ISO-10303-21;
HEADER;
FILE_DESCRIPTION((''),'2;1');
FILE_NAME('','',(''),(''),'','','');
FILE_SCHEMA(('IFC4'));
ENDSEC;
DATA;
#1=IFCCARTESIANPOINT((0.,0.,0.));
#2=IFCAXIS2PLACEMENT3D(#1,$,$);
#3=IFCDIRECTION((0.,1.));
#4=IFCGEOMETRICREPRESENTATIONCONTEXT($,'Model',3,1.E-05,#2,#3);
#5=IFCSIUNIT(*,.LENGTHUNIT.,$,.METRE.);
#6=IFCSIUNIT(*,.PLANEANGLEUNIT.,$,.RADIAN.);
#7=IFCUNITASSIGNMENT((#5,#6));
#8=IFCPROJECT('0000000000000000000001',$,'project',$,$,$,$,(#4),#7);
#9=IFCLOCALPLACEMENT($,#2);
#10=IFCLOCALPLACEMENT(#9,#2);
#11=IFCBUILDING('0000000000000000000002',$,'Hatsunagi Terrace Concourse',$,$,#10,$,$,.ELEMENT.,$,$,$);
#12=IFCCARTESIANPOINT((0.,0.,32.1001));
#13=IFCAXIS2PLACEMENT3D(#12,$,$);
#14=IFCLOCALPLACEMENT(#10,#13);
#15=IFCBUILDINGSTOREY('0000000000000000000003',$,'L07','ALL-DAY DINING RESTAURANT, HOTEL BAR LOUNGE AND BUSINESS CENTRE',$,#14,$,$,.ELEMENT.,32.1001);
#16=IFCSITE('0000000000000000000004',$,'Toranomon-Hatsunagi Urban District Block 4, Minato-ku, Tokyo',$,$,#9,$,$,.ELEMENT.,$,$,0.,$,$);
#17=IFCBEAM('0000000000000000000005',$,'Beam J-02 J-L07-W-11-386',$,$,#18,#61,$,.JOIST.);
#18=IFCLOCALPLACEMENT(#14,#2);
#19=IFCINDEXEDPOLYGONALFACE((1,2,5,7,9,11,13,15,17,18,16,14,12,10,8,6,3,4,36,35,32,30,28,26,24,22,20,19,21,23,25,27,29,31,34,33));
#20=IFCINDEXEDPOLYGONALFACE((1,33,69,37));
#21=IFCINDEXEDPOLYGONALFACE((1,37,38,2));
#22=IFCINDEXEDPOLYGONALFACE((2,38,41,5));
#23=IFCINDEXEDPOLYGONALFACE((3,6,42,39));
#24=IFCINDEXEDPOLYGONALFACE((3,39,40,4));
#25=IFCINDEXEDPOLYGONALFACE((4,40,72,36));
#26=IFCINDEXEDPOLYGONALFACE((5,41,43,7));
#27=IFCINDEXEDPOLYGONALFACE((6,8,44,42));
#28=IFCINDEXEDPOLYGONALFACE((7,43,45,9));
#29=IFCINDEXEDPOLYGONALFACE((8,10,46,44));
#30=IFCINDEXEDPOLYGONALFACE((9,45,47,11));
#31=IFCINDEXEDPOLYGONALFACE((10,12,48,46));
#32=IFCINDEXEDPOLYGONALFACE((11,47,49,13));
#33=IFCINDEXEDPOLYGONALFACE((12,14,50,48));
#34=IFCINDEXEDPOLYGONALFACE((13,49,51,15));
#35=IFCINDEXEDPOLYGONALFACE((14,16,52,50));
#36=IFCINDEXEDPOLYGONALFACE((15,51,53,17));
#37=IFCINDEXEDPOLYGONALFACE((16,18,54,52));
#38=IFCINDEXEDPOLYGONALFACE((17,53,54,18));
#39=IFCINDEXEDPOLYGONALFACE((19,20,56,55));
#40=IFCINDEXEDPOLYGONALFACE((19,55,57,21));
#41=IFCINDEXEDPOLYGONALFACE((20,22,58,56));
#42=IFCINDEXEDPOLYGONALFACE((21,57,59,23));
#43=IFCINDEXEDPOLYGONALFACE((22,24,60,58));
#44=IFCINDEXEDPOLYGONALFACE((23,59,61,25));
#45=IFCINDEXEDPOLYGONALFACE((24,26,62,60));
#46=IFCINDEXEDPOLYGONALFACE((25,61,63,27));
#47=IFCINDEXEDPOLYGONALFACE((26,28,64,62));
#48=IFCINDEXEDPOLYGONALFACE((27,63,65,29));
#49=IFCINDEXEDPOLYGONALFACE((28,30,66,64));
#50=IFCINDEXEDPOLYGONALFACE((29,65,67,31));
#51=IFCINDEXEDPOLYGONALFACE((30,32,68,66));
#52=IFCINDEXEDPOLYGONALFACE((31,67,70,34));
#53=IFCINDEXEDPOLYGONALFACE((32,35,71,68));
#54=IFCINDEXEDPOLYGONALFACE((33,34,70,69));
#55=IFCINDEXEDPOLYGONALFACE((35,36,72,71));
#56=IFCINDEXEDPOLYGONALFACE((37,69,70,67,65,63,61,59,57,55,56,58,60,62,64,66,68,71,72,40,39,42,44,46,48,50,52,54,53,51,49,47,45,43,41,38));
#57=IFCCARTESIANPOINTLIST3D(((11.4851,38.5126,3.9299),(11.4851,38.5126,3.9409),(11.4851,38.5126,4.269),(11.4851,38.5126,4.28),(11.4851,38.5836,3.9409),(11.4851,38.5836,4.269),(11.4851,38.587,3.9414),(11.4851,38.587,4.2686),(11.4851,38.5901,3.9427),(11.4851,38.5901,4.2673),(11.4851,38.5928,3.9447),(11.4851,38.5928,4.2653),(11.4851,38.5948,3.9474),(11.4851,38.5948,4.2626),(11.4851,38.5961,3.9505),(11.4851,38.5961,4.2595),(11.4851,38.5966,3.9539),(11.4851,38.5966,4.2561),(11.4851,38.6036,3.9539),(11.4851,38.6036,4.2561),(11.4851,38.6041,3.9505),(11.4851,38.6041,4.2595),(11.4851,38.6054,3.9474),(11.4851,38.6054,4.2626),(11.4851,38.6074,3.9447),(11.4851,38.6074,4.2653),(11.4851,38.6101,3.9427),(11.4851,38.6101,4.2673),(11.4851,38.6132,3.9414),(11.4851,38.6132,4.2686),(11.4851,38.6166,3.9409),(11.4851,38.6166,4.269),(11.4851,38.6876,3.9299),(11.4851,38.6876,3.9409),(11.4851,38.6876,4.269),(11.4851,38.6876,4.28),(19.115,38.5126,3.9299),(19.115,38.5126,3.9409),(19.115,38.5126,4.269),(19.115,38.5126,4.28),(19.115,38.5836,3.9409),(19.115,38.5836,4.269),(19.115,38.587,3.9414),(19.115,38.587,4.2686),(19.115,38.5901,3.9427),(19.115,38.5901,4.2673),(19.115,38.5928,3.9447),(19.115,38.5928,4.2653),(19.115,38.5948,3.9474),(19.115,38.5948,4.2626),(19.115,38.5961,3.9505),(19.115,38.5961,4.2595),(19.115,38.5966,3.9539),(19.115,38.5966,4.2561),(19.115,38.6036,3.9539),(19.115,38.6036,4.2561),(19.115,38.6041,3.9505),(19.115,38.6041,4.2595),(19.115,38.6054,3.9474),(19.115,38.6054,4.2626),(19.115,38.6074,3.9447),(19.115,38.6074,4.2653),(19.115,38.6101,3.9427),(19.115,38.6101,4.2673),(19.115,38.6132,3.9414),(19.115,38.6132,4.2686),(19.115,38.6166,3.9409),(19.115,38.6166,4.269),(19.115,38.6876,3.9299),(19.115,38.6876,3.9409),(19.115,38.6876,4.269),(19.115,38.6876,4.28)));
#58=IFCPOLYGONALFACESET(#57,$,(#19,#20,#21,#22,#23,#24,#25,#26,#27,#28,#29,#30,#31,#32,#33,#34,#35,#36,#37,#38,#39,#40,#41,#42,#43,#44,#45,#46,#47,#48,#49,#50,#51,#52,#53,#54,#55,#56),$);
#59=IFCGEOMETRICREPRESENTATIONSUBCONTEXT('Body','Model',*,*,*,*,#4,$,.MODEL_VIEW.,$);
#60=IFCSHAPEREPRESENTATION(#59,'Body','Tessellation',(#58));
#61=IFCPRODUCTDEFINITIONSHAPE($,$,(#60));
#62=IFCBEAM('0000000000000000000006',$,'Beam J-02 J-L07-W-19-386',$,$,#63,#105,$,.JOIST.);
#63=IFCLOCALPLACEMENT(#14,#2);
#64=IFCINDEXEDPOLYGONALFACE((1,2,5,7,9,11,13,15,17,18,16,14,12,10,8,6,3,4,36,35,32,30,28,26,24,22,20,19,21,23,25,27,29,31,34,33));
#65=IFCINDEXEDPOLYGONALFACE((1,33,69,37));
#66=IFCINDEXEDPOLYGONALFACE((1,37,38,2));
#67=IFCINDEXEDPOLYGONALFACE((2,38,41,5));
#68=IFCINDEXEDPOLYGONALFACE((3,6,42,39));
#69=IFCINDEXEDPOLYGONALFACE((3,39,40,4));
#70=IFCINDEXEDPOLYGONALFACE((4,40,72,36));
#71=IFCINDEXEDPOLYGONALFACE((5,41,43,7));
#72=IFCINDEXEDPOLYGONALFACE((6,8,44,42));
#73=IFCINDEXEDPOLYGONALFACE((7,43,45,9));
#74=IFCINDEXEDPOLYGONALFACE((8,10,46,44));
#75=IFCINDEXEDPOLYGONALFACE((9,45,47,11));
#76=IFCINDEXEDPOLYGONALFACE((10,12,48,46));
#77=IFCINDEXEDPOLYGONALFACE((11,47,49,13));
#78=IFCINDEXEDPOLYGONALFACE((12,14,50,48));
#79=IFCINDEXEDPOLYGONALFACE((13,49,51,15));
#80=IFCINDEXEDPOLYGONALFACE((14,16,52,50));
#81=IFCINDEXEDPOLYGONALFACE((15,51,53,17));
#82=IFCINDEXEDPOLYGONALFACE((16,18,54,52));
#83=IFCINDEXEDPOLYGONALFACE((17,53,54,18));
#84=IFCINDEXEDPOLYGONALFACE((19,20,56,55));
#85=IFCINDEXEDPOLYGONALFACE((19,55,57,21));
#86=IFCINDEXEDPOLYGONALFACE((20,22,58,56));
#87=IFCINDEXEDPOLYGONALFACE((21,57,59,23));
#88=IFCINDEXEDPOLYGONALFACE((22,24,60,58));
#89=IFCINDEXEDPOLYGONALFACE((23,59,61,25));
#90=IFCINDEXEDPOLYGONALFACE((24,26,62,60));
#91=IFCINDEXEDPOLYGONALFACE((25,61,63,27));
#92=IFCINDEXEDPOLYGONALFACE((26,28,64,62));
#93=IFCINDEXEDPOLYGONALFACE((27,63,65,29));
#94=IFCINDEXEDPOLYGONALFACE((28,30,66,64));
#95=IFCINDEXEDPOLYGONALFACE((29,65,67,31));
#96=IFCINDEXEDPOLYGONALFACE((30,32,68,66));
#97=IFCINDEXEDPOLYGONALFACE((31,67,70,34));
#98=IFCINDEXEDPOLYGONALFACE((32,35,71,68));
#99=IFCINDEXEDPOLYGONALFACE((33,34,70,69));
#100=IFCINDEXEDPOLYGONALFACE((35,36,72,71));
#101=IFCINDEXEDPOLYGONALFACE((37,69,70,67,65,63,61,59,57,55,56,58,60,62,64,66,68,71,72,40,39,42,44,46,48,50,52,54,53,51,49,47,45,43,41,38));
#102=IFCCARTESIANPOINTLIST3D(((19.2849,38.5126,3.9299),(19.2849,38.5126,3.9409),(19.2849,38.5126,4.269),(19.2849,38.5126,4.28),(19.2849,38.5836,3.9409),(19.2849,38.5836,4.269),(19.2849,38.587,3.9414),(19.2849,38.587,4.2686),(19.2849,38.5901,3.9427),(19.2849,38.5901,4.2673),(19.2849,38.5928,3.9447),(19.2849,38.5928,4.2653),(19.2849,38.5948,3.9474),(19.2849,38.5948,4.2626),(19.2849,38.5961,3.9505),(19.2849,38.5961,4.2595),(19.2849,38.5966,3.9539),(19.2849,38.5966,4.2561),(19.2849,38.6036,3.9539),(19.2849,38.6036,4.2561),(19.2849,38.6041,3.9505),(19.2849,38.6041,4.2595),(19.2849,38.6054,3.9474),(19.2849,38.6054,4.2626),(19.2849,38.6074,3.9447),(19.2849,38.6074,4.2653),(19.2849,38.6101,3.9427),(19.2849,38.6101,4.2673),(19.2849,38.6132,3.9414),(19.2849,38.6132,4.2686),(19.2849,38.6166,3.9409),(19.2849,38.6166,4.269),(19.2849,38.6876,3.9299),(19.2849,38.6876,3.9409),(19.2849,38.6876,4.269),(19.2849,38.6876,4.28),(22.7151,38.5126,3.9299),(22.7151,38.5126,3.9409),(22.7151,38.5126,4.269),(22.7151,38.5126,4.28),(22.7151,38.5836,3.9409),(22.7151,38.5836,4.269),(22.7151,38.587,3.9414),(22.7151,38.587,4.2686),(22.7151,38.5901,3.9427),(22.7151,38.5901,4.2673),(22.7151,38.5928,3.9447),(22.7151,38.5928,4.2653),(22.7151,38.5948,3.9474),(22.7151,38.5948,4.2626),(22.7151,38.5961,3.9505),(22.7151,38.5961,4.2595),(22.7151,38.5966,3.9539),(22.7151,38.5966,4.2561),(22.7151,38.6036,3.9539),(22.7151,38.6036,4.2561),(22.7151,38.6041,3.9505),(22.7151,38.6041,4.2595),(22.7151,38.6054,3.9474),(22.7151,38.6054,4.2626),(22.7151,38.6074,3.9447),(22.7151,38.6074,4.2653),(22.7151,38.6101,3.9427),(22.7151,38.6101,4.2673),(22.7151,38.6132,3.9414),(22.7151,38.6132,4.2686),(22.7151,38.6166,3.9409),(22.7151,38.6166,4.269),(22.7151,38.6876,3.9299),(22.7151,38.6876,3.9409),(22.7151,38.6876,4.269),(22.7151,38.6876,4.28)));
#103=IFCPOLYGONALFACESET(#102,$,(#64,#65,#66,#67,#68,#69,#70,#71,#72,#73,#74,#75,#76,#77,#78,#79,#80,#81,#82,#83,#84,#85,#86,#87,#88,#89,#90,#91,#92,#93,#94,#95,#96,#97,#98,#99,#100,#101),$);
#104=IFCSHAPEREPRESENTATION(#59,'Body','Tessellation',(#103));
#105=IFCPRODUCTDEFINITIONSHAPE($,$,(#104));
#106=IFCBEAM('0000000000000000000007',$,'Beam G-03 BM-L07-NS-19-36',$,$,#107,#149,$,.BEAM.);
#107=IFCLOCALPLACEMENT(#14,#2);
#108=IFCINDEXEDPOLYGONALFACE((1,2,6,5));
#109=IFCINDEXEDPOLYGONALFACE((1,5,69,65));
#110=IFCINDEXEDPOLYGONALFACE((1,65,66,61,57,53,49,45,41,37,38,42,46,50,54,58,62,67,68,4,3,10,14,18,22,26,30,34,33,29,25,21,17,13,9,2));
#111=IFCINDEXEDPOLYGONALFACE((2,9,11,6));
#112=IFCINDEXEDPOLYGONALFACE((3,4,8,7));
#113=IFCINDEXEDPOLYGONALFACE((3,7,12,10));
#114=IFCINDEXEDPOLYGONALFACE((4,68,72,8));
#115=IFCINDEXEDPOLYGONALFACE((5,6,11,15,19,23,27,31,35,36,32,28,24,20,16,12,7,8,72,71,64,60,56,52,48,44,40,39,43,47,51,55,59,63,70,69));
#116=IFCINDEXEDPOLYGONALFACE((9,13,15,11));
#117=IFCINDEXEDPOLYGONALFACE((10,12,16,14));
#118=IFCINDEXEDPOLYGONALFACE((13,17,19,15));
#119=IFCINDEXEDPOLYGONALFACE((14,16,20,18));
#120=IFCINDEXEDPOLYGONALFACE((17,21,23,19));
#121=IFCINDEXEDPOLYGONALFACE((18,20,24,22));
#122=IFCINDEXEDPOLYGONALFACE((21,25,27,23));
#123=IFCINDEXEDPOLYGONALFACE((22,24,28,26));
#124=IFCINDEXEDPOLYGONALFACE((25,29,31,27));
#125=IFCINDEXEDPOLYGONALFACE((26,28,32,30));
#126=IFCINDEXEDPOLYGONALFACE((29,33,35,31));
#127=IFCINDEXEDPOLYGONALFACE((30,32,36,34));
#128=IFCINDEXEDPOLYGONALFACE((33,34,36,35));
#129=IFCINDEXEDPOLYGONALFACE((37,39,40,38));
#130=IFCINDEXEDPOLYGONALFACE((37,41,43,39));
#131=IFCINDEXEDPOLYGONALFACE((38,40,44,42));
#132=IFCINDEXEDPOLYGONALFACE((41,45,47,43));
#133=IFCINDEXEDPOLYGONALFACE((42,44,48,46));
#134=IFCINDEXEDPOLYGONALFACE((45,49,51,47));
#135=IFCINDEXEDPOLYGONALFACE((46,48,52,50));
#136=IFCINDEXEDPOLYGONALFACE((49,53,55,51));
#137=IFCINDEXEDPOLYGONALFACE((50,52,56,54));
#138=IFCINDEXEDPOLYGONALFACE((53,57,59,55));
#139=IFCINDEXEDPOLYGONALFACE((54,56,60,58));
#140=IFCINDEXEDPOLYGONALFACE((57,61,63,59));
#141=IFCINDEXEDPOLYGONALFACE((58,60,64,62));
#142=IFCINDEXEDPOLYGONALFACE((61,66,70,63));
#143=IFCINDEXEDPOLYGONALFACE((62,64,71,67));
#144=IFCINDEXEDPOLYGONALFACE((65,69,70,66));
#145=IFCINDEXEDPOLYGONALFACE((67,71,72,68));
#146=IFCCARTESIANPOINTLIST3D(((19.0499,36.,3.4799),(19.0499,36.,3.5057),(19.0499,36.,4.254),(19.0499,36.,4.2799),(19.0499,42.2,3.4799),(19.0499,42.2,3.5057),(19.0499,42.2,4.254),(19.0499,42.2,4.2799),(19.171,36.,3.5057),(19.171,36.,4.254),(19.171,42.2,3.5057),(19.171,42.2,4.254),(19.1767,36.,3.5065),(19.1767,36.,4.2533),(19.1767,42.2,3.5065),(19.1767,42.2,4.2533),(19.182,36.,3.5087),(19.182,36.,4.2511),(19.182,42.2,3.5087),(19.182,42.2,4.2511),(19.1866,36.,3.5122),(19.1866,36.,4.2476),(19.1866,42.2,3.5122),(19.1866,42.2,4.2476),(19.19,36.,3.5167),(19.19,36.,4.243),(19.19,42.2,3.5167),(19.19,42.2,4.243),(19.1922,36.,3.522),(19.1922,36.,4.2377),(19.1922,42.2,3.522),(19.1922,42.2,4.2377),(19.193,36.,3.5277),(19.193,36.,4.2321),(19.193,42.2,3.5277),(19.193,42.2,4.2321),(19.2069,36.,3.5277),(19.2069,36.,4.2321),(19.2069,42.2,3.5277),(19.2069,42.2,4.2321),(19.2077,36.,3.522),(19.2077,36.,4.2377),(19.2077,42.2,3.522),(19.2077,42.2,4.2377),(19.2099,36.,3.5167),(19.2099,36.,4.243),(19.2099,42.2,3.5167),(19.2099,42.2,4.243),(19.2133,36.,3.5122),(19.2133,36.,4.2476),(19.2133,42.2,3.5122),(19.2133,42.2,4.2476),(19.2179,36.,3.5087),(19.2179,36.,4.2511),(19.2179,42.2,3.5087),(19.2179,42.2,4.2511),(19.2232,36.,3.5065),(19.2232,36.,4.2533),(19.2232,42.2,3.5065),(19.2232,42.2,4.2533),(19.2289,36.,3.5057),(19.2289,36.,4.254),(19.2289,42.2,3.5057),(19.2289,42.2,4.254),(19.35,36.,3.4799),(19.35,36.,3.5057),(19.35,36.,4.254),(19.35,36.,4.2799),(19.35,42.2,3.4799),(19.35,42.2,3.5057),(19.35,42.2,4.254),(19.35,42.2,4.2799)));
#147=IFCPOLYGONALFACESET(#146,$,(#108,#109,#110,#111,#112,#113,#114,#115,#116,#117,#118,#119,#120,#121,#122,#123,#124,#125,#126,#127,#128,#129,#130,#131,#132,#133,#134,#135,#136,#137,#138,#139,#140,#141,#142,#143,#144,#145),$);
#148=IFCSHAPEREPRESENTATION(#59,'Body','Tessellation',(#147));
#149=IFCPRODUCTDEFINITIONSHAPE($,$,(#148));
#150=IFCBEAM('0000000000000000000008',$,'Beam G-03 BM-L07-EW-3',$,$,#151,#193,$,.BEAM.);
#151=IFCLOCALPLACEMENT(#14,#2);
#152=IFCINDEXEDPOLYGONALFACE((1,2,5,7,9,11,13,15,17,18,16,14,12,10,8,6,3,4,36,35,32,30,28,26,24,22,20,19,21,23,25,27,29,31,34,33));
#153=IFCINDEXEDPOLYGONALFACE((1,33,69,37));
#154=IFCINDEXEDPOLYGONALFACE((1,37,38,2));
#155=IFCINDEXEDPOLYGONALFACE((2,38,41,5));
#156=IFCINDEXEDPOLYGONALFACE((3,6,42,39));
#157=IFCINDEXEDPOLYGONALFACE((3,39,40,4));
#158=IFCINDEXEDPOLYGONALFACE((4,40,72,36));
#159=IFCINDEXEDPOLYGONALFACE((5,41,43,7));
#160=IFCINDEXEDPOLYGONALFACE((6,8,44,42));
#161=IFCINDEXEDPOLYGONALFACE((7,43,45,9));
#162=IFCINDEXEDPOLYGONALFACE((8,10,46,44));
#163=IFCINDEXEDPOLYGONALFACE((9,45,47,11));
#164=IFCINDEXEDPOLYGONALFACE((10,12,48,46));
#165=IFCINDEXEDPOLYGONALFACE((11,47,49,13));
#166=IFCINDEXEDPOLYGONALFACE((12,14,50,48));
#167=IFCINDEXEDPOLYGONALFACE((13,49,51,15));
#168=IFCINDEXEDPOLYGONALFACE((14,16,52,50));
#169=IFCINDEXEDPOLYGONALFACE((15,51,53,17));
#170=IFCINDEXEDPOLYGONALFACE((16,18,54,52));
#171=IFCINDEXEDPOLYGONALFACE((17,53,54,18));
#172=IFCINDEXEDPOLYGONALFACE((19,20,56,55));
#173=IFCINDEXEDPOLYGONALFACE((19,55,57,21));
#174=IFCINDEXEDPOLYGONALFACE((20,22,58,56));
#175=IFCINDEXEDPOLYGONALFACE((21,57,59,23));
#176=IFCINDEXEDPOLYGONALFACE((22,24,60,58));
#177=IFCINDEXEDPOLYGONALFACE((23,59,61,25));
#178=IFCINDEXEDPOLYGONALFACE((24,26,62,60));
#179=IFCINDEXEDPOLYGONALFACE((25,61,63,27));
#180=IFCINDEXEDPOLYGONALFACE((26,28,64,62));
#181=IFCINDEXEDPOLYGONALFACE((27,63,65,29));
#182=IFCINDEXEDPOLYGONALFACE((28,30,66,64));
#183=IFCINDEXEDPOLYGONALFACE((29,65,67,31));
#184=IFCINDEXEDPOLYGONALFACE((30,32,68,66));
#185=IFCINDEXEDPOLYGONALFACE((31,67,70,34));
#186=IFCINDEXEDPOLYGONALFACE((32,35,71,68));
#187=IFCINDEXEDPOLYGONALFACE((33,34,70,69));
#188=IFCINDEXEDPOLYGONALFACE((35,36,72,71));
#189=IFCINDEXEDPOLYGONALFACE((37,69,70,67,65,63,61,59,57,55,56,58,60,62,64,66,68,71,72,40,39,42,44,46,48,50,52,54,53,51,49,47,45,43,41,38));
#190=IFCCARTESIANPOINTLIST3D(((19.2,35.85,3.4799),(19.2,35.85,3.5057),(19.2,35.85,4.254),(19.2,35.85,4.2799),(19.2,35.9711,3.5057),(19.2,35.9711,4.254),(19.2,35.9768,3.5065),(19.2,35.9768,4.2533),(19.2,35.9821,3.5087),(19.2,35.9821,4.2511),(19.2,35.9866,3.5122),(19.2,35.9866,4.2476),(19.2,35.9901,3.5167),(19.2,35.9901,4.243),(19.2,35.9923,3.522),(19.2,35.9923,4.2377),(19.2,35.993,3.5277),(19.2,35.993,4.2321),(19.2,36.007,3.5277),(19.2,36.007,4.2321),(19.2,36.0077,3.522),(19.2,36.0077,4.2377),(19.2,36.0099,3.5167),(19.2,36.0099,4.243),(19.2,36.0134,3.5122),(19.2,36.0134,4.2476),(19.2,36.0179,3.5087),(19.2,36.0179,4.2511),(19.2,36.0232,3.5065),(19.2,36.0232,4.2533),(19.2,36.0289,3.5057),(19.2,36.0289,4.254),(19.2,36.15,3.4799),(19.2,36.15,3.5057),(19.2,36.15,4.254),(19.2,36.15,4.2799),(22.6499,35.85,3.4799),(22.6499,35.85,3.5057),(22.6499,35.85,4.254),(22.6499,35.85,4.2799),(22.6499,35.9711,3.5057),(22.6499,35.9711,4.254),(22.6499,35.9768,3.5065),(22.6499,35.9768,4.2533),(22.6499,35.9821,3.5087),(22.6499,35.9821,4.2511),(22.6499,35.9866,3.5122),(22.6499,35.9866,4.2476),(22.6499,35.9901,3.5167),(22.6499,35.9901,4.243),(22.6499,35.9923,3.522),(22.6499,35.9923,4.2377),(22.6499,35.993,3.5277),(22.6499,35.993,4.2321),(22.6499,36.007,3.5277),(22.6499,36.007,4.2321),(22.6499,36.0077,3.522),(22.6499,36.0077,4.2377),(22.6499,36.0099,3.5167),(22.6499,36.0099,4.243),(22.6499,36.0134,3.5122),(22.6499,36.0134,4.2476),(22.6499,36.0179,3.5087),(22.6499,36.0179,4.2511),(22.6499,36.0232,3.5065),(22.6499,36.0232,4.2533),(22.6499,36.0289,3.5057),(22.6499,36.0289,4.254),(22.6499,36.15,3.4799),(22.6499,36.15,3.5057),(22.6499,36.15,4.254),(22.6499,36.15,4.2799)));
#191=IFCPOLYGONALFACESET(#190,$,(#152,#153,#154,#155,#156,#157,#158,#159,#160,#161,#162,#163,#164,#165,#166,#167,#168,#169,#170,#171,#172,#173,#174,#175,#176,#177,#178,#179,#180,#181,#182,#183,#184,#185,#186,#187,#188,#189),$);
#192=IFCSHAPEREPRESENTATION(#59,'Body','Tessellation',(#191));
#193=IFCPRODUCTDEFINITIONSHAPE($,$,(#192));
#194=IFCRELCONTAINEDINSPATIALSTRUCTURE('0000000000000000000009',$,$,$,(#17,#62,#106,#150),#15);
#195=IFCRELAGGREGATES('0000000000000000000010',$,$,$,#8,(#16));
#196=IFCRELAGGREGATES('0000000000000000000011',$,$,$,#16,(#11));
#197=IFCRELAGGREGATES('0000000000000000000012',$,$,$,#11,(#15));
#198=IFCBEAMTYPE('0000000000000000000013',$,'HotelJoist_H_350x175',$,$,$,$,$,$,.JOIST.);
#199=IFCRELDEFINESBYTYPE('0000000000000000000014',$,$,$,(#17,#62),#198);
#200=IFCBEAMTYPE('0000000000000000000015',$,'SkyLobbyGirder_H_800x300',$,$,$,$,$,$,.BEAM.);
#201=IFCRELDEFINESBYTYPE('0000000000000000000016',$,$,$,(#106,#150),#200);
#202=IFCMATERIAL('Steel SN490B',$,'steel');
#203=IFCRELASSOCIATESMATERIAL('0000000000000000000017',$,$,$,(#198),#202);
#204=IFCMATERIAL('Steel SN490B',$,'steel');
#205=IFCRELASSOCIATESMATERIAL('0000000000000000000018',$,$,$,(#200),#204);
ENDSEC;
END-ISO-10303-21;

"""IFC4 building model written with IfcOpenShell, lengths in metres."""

from ifc_helpers import new_model, si_unit, direction, frame, origin, origin_2d, place, context, subcontext, project, spatial, i_section, extrude, material, material_profile, profile_set, type_object, element, save


model = new_model("IFC4")

# Units and contexts
model_context = context("Model", 3, precision=1e-05, world=origin(), true_north=direction((0.0, 1.0)))
body_context = subcontext(model_context, "Body", "Model", "MODEL_VIEW")
ifc_project = project(units=[si_unit("LENGTHUNIT", "METRE"), si_unit("PLANEANGLEUNIT", "RADIAN")], contexts=[model_context])

# Site, building, storey
site_placement = place(None, origin())
site = spatial("IfcSite", under=ifc_project, at=site_placement, Name="Toranomon-Hatsunagi Urban District Block 4, Minato-ku, Tokyo", CompositionType="ELEMENT", RefElevation=0.0)
building_placement = place(site_placement, origin())
building = spatial("IfcBuilding", under=site, at=building_placement, Name="Hatsunagi Terrace Concourse", CompositionType="ELEMENT")
storey_placement = place(building_placement, frame((0.0, 0.0, 32.1001)))
storey = spatial("IfcBuildingStorey", under=building, at=storey_placement, Name="L07", Description="ALL-DAY DINING RESTAURANT, HOTEL BAR LOUNGE AND BUSINESS CENTRE", CompositionType="ELEMENT", Elevation=32.1001)

# Beams
ifc_material_1 = material(Name="Steel SN490B", Category="steel")
ifc_material_profile_1 = material_profile(ifc_material_1, i_section(OverallWidth=0.175, OverallDepth=0.3501, WebThickness=0.0071, FlangeThickness=0.011, FilletRadius=0.0129, at=origin_2d()), Name="H-350x175x7x11")
ifc_profile_set_1 = profile_set([ifc_material_profile_1], Name="Steel SN490B")
beam_type_1 = type_object("IfcBeamType", Name="HotelJoist_H_350x175", PredefinedType="JOIST", material=ifc_profile_set_1)
beam_1_placement = place(storey_placement, frame((11.4851, 38.6001, 4.105), z_axis=(1.0, 0.0, 0.0), x_axis=(0.0, 1.0, 0.0)))
element("IfcBeam", 1, at=beam_1_placement, inside=storey, type_object=beam_type_1, Name="Beam J-02 J-L07-W-11-386", PredefinedType="JOIST", context=body_context, shape_type="SweptSolid", body=[
    extrude(i_section(OverallWidth=0.175, OverallDepth=0.3501, WebThickness=0.0071, FlangeThickness=0.011, FilletRadius=0.0129, at=origin_2d()), origin(), (0.0, 0.0, 1.0), 7.6299),
])
beam_2_placement = place(storey_placement, frame((19.2849, 38.6001, 4.105), z_axis=(1.0, 0.0, 0.0), x_axis=(0.0, 1.0, 0.0)))
element("IfcBeam", 2, at=beam_2_placement, inside=storey, type_object=beam_type_1, Name="Beam J-02 J-L07-W-19-386", PredefinedType="JOIST", context=body_context, shape_type="SweptSolid", body=[
    extrude(i_section(OverallWidth=0.175, OverallDepth=0.3501, WebThickness=0.0071, FlangeThickness=0.011, FilletRadius=0.0129, at=origin_2d()), origin(), (0.0, 0.0, 1.0), 3.4302),
])
ifc_material_2 = material(Name="Steel SN490B", Category="steel")
ifc_material_profile_2 = material_profile(ifc_material_2, i_section(OverallWidth=0.3, OverallDepth=0.8, WebThickness=0.0139, FlangeThickness=0.0259, FilletRadius=0.022, at=origin_2d()), Name="H-800x300x14x26")
ifc_profile_set_2 = profile_set([ifc_material_profile_2], Name="Steel SN490B")
beam_type_2 = type_object("IfcBeamType", Name="SkyLobbyGirder_H_800x300", PredefinedType="BEAM", material=ifc_profile_set_2)
beam_3_placement = place(storey_placement, frame((19.2, 36.0, 3.8799), z_axis=(0.0, 1.0, 0.0), x_axis=(-1.0, 0.0, 0.0)))
element("IfcBeam", 3, at=beam_3_placement, inside=storey, type_object=beam_type_2, Name="Beam G-03 BM-L07-NS-19-36", PredefinedType="BEAM", context=body_context, shape_type="SweptSolid", body=[
    extrude(i_section(OverallWidth=0.3, OverallDepth=0.8, WebThickness=0.0139, FlangeThickness=0.0259, FilletRadius=0.022, at=origin_2d()), origin(), (0.0, 0.0, 1.0), 6.2),
])
beam_4_placement = place(storey_placement, frame((19.2, 36.0, 3.8799), z_axis=(1.0, 0.0, 0.0), x_axis=(0.0, 1.0, 0.0)))
element("IfcBeam", 4, at=beam_4_placement, inside=storey, type_object=beam_type_2, Name="Beam G-03 BM-L07-EW-3", PredefinedType="BEAM", context=body_context, shape_type="SweptSolid", body=[
    extrude(i_section(OverallWidth=0.3, OverallDepth=0.8, WebThickness=0.0139, FlangeThickness=0.0259, FilletRadius=0.022, at=origin_2d()), origin(), (0.0, 0.0, 1.0), 3.45),
])

save(model, "model.ifc")
